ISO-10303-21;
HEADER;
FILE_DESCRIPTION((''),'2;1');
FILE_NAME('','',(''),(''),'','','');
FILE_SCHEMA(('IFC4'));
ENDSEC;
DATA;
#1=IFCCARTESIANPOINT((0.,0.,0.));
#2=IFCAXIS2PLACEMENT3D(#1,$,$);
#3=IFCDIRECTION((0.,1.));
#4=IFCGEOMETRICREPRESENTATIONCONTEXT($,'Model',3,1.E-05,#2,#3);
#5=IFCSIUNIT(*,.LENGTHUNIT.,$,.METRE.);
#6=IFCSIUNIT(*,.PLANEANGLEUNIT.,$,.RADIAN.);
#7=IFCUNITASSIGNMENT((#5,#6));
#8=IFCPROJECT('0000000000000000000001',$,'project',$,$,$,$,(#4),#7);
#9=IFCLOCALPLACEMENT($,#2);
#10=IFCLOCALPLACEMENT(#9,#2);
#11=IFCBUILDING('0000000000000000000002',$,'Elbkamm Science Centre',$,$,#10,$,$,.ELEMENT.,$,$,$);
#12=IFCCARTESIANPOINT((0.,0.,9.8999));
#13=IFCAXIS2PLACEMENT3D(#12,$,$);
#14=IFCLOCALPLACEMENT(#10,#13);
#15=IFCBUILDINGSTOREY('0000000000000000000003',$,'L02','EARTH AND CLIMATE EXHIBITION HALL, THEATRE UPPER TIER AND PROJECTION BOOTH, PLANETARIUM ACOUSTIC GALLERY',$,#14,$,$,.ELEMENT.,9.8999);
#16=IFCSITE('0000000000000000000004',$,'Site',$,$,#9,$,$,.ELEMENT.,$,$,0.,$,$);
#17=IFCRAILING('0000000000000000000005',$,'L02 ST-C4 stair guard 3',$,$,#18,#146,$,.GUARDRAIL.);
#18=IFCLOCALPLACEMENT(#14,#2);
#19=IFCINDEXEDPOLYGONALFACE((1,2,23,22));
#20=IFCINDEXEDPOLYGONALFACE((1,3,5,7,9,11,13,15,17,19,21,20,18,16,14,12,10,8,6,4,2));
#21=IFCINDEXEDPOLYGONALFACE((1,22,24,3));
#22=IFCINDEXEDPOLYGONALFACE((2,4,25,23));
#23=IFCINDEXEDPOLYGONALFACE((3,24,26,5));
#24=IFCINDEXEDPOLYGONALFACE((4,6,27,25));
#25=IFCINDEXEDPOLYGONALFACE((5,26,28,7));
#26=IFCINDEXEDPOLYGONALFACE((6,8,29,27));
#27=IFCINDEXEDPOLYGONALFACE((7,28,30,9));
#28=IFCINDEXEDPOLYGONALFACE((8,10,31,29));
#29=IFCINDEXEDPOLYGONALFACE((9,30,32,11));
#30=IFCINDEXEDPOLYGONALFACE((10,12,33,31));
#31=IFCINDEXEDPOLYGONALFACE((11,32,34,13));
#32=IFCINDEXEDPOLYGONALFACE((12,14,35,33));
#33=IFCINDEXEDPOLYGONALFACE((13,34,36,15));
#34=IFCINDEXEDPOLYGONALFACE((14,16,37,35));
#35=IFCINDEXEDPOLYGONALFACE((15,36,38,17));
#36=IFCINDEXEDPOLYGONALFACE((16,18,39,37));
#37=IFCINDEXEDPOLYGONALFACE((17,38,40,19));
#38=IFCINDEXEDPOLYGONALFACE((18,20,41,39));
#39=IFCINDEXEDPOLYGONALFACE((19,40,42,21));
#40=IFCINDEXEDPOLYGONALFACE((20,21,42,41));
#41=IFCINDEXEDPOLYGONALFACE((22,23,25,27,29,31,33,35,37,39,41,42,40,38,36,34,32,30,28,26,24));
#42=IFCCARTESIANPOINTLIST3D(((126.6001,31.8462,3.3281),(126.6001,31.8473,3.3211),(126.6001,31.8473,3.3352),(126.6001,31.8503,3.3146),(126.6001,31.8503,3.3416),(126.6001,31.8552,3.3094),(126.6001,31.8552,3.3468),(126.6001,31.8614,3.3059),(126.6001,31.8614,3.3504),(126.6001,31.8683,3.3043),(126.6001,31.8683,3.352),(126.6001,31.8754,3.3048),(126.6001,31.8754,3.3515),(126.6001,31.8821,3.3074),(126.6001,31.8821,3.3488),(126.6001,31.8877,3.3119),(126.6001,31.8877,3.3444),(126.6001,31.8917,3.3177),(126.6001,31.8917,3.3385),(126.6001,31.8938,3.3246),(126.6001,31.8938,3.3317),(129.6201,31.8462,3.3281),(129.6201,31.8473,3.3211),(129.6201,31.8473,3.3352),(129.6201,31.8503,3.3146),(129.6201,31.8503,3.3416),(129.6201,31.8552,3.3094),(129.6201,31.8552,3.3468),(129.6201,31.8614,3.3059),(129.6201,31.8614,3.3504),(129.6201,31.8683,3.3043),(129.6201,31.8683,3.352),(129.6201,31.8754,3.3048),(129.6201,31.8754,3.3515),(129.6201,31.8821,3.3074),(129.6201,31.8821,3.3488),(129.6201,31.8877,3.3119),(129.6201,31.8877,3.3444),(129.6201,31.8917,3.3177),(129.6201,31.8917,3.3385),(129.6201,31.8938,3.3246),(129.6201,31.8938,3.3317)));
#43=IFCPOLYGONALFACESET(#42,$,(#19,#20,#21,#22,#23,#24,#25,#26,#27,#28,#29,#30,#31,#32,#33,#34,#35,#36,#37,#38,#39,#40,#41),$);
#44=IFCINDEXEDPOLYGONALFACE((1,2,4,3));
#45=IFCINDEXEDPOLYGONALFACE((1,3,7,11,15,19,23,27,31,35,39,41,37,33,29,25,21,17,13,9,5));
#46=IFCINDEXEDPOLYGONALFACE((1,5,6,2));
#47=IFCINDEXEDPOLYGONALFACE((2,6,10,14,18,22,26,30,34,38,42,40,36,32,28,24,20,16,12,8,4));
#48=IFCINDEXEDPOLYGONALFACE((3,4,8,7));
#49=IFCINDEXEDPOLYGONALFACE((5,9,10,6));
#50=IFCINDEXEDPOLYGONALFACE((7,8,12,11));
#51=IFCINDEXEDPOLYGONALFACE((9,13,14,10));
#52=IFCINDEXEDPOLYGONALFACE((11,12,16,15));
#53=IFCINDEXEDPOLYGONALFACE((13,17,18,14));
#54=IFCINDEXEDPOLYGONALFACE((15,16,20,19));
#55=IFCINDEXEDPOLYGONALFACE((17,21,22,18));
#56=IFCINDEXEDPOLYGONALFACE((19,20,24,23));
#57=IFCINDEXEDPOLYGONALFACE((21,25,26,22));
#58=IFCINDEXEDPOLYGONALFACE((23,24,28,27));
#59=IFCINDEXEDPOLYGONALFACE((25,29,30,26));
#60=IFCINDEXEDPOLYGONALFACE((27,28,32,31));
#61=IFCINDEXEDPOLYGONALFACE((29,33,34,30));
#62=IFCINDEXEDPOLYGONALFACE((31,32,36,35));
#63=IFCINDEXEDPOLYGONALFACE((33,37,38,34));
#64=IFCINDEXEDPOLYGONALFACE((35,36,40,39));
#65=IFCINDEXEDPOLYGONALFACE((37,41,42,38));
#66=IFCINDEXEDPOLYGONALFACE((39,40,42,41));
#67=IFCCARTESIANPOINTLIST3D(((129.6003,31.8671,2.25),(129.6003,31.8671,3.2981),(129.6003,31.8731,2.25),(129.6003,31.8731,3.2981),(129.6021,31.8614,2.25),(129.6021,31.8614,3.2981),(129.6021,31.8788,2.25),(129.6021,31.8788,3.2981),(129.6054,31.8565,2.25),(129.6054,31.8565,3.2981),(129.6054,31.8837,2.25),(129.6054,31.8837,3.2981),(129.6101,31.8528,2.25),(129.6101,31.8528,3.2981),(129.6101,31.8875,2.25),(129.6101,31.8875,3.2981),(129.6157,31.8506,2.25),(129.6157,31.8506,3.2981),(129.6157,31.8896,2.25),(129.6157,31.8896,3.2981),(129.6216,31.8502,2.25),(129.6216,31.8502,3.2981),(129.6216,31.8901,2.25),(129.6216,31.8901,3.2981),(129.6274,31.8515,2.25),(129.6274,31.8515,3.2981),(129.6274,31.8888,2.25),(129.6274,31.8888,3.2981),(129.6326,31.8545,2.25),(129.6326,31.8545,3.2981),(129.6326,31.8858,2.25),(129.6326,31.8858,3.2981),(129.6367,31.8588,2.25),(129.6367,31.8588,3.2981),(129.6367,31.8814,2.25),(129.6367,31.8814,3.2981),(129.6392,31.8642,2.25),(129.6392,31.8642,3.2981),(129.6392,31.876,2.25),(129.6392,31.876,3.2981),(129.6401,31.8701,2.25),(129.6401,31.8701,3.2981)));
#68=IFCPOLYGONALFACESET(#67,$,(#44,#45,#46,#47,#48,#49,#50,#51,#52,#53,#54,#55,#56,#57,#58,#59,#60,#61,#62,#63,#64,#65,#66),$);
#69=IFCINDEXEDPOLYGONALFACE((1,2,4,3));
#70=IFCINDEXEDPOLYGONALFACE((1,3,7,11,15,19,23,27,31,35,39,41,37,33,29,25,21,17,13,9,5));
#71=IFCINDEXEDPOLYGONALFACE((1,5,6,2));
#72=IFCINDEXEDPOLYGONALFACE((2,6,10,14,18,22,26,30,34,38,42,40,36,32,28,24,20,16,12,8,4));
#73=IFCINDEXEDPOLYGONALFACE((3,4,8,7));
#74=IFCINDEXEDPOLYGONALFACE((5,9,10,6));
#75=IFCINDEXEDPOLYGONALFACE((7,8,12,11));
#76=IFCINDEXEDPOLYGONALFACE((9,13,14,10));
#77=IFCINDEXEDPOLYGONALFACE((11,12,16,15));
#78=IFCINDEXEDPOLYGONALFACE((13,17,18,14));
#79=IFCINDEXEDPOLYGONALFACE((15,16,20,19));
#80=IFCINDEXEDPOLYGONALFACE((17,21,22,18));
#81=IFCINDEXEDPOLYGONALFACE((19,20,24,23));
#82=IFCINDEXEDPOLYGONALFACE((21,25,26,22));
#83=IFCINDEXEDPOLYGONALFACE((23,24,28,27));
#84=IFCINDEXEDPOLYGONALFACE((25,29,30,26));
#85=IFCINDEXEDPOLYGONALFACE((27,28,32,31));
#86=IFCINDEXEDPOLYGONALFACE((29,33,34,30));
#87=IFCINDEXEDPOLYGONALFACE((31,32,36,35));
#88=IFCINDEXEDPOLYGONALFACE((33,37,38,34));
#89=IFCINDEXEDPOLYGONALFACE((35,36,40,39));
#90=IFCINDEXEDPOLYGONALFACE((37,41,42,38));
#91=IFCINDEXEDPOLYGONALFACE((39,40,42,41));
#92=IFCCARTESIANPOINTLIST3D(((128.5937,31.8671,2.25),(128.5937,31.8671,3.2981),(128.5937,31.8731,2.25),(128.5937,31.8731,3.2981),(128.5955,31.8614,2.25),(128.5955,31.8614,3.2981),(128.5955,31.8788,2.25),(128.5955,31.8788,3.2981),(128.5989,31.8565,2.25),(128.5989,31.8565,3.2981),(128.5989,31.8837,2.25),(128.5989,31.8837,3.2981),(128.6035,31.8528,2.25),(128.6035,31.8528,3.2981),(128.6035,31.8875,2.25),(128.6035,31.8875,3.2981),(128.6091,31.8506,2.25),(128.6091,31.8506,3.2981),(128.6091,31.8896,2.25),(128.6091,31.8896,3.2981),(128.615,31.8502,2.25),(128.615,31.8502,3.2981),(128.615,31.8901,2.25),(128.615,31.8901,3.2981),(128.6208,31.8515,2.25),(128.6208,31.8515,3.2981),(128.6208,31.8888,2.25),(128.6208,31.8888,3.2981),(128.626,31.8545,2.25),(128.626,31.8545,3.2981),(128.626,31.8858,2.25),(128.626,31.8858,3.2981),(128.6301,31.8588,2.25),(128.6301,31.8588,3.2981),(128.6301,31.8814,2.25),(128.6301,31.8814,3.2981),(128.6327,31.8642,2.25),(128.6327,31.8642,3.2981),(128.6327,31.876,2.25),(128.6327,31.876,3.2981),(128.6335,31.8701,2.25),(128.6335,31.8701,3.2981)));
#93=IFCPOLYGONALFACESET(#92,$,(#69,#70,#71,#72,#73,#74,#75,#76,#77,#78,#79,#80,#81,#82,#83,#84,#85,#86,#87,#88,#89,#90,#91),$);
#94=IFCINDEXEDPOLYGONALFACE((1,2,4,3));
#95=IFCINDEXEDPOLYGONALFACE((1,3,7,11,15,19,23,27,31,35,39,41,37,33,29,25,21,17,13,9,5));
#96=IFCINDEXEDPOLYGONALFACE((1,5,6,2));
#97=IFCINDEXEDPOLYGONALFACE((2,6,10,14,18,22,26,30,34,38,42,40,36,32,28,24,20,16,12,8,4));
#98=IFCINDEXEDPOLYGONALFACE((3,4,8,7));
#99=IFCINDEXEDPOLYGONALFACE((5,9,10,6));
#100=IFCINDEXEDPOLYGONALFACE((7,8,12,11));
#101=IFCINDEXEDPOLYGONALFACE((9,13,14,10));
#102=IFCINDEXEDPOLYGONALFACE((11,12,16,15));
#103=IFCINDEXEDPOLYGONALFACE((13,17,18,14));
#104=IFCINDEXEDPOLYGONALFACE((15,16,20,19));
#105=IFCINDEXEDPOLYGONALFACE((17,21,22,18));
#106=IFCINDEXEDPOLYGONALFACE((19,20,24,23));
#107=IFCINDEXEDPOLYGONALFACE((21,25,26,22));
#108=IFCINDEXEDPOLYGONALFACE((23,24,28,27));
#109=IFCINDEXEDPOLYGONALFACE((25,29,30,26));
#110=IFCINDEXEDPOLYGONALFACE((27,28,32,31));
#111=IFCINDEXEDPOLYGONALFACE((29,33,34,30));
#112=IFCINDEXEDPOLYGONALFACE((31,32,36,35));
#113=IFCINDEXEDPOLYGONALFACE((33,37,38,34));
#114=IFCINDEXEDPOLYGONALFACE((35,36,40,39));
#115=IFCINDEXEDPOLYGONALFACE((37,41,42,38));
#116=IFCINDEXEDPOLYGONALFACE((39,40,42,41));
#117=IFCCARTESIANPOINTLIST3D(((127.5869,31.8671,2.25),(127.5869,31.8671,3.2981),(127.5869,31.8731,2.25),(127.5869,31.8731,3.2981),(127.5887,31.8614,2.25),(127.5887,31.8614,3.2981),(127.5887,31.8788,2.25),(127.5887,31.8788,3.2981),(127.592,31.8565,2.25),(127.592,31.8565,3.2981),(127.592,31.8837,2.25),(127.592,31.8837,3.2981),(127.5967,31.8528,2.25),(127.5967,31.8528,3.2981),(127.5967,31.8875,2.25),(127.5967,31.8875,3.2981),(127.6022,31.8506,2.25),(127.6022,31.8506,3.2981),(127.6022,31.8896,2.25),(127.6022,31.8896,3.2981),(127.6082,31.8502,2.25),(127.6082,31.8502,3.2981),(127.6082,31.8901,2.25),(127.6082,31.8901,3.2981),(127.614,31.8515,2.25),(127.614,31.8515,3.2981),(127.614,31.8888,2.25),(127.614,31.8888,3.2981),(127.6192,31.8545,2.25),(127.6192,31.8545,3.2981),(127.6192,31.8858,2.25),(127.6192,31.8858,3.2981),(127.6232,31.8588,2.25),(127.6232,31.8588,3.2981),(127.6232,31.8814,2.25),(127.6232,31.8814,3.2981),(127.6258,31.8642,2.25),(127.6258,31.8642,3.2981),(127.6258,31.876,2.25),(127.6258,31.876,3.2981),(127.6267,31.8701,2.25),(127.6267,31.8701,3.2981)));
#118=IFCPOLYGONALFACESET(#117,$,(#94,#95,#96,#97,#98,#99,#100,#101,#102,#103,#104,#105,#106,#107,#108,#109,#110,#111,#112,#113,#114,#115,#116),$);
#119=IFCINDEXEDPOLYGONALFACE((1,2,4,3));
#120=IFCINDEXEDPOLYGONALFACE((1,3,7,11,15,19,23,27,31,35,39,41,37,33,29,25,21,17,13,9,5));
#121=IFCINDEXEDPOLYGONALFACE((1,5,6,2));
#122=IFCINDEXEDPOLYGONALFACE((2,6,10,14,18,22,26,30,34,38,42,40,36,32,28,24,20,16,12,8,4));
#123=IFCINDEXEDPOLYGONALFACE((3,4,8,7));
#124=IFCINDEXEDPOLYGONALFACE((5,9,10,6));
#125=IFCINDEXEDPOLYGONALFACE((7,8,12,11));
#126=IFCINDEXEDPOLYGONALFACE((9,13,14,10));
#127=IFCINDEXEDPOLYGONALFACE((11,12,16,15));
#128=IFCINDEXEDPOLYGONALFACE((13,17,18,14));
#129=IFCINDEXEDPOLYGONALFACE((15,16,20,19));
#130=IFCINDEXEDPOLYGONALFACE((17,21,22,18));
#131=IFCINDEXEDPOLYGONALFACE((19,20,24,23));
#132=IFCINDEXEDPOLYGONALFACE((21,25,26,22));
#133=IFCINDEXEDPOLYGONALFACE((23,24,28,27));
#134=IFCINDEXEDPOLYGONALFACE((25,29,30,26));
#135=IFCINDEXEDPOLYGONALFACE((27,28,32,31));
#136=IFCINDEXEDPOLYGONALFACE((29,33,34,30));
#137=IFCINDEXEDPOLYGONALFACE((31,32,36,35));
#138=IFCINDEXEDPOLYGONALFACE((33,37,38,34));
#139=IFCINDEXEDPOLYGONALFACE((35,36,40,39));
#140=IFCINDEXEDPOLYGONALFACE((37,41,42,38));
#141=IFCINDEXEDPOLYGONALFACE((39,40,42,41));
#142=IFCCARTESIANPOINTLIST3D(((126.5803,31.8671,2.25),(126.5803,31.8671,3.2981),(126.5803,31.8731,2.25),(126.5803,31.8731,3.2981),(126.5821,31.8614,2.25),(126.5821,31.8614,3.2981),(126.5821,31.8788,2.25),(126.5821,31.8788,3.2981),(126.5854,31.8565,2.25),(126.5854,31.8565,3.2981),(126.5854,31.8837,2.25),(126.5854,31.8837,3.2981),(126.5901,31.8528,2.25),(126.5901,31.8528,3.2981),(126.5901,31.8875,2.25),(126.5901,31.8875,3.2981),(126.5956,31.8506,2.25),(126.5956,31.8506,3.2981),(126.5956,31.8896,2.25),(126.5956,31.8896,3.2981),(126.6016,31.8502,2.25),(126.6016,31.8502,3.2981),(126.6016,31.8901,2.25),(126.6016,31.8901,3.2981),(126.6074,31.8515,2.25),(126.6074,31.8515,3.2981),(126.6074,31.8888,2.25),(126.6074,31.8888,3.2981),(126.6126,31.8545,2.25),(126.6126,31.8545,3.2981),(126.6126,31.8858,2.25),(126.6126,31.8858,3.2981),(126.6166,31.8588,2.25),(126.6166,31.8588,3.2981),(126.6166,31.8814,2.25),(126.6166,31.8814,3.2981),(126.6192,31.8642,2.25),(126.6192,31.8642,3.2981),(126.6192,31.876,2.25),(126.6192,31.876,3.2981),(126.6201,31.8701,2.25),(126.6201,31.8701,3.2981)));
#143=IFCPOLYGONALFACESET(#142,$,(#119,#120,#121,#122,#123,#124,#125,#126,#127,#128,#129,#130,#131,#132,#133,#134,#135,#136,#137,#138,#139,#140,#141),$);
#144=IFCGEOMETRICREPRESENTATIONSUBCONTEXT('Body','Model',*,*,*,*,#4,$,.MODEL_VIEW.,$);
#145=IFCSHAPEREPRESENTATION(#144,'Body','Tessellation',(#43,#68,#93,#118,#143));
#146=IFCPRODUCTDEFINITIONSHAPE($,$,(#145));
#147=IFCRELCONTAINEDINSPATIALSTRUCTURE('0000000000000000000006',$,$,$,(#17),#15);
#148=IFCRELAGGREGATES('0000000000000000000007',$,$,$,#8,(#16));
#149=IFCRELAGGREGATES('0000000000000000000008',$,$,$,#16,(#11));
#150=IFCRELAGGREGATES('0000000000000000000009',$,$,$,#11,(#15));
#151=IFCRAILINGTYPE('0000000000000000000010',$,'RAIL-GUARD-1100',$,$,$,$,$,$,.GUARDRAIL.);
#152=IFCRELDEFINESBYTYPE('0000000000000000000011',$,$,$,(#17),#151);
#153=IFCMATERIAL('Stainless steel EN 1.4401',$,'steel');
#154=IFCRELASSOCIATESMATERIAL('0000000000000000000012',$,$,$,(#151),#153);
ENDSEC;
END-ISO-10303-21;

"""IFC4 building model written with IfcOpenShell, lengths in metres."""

from ifc_helpers import new_model, si_unit, direction, frame, origin, origin_2d, place, context, subcontext, project, spatial, circle, extrude, material, type_object, element, save


model = new_model("IFC4")

# Units and contexts
model_context = context("Model", 3, precision=1e-05, world=origin(), true_north=direction((0.0, 1.0)))
body_context = subcontext(model_context, "Body", "Model", "MODEL_VIEW")
ifc_project = project(units=[si_unit("LENGTHUNIT", "METRE"), si_unit("PLANEANGLEUNIT", "RADIAN")], contexts=[model_context])

# Site, building, storey
site_placement = place(None, origin())
site = spatial("IfcSite", under=ifc_project, at=site_placement, Name="Site", CompositionType="ELEMENT", RefElevation=0.0)
building_placement = place(site_placement, origin())
building = spatial("IfcBuilding", under=site, at=building_placement, Name="Elbkamm Science Centre", CompositionType="ELEMENT")
storey_placement = place(building_placement, frame((0.0, 0.0, 9.8999)))
storey = spatial("IfcBuildingStorey", under=building, at=storey_placement, Name="L02", Description="EARTH AND CLIMATE EXHIBITION HALL, THEATRE UPPER TIER AND PROJECTION BOOTH, PLANETARIUM ACOUSTIC GALLERY", CompositionType="ELEMENT", Elevation=9.8999)

# Railing
ifc_material_1 = material(Name="Stainless steel EN 1.4401", Category="steel")
railing_type_1 = type_object("IfcRailingType", Name="RAIL-GUARD-1100", PredefinedType="GUARDRAIL", material=ifc_material_1)
railing_1_placement = place(storey_placement, frame((129.6201, 31.8701, 2.25)))
element("IfcRailing", 1, at=railing_1_placement, inside=storey, type_object=railing_type_1, Name="L02 ST-C4 stair guard 3", PredefinedType="GUARDRAIL", context=body_context, shape_type="SweptSolid", body=[
    extrude(circle(Radius=0.0239, at=origin_2d()), frame((0.0, 0.0, 1.0781), z_axis=(-1.0, 0.0, 0.0), x_axis=(0.0, -1.0, 0.0)), (0.0, 0.0, 1.0), 3.02),
    extrude(circle(Radius=0.02, at=origin_2d()), origin(), (0.0, 0.0, 1.0), 1.0481),
    extrude(circle(Radius=0.02, at=origin_2d()), frame((-1.0066, 0.0, 0.0)), (0.0, 0.0, 1.0), 1.0481),
    extrude(circle(Radius=0.02, at=origin_2d()), frame((-2.0134, 0.0, 0.0)), (0.0, 0.0, 1.0), 1.0481),
    extrude(circle(Radius=0.02, at=origin_2d()), frame((-3.02, 0.0, 0.0)), (0.0, 0.0, 1.0), 1.0481),
])

save(model, "model.ifc")
